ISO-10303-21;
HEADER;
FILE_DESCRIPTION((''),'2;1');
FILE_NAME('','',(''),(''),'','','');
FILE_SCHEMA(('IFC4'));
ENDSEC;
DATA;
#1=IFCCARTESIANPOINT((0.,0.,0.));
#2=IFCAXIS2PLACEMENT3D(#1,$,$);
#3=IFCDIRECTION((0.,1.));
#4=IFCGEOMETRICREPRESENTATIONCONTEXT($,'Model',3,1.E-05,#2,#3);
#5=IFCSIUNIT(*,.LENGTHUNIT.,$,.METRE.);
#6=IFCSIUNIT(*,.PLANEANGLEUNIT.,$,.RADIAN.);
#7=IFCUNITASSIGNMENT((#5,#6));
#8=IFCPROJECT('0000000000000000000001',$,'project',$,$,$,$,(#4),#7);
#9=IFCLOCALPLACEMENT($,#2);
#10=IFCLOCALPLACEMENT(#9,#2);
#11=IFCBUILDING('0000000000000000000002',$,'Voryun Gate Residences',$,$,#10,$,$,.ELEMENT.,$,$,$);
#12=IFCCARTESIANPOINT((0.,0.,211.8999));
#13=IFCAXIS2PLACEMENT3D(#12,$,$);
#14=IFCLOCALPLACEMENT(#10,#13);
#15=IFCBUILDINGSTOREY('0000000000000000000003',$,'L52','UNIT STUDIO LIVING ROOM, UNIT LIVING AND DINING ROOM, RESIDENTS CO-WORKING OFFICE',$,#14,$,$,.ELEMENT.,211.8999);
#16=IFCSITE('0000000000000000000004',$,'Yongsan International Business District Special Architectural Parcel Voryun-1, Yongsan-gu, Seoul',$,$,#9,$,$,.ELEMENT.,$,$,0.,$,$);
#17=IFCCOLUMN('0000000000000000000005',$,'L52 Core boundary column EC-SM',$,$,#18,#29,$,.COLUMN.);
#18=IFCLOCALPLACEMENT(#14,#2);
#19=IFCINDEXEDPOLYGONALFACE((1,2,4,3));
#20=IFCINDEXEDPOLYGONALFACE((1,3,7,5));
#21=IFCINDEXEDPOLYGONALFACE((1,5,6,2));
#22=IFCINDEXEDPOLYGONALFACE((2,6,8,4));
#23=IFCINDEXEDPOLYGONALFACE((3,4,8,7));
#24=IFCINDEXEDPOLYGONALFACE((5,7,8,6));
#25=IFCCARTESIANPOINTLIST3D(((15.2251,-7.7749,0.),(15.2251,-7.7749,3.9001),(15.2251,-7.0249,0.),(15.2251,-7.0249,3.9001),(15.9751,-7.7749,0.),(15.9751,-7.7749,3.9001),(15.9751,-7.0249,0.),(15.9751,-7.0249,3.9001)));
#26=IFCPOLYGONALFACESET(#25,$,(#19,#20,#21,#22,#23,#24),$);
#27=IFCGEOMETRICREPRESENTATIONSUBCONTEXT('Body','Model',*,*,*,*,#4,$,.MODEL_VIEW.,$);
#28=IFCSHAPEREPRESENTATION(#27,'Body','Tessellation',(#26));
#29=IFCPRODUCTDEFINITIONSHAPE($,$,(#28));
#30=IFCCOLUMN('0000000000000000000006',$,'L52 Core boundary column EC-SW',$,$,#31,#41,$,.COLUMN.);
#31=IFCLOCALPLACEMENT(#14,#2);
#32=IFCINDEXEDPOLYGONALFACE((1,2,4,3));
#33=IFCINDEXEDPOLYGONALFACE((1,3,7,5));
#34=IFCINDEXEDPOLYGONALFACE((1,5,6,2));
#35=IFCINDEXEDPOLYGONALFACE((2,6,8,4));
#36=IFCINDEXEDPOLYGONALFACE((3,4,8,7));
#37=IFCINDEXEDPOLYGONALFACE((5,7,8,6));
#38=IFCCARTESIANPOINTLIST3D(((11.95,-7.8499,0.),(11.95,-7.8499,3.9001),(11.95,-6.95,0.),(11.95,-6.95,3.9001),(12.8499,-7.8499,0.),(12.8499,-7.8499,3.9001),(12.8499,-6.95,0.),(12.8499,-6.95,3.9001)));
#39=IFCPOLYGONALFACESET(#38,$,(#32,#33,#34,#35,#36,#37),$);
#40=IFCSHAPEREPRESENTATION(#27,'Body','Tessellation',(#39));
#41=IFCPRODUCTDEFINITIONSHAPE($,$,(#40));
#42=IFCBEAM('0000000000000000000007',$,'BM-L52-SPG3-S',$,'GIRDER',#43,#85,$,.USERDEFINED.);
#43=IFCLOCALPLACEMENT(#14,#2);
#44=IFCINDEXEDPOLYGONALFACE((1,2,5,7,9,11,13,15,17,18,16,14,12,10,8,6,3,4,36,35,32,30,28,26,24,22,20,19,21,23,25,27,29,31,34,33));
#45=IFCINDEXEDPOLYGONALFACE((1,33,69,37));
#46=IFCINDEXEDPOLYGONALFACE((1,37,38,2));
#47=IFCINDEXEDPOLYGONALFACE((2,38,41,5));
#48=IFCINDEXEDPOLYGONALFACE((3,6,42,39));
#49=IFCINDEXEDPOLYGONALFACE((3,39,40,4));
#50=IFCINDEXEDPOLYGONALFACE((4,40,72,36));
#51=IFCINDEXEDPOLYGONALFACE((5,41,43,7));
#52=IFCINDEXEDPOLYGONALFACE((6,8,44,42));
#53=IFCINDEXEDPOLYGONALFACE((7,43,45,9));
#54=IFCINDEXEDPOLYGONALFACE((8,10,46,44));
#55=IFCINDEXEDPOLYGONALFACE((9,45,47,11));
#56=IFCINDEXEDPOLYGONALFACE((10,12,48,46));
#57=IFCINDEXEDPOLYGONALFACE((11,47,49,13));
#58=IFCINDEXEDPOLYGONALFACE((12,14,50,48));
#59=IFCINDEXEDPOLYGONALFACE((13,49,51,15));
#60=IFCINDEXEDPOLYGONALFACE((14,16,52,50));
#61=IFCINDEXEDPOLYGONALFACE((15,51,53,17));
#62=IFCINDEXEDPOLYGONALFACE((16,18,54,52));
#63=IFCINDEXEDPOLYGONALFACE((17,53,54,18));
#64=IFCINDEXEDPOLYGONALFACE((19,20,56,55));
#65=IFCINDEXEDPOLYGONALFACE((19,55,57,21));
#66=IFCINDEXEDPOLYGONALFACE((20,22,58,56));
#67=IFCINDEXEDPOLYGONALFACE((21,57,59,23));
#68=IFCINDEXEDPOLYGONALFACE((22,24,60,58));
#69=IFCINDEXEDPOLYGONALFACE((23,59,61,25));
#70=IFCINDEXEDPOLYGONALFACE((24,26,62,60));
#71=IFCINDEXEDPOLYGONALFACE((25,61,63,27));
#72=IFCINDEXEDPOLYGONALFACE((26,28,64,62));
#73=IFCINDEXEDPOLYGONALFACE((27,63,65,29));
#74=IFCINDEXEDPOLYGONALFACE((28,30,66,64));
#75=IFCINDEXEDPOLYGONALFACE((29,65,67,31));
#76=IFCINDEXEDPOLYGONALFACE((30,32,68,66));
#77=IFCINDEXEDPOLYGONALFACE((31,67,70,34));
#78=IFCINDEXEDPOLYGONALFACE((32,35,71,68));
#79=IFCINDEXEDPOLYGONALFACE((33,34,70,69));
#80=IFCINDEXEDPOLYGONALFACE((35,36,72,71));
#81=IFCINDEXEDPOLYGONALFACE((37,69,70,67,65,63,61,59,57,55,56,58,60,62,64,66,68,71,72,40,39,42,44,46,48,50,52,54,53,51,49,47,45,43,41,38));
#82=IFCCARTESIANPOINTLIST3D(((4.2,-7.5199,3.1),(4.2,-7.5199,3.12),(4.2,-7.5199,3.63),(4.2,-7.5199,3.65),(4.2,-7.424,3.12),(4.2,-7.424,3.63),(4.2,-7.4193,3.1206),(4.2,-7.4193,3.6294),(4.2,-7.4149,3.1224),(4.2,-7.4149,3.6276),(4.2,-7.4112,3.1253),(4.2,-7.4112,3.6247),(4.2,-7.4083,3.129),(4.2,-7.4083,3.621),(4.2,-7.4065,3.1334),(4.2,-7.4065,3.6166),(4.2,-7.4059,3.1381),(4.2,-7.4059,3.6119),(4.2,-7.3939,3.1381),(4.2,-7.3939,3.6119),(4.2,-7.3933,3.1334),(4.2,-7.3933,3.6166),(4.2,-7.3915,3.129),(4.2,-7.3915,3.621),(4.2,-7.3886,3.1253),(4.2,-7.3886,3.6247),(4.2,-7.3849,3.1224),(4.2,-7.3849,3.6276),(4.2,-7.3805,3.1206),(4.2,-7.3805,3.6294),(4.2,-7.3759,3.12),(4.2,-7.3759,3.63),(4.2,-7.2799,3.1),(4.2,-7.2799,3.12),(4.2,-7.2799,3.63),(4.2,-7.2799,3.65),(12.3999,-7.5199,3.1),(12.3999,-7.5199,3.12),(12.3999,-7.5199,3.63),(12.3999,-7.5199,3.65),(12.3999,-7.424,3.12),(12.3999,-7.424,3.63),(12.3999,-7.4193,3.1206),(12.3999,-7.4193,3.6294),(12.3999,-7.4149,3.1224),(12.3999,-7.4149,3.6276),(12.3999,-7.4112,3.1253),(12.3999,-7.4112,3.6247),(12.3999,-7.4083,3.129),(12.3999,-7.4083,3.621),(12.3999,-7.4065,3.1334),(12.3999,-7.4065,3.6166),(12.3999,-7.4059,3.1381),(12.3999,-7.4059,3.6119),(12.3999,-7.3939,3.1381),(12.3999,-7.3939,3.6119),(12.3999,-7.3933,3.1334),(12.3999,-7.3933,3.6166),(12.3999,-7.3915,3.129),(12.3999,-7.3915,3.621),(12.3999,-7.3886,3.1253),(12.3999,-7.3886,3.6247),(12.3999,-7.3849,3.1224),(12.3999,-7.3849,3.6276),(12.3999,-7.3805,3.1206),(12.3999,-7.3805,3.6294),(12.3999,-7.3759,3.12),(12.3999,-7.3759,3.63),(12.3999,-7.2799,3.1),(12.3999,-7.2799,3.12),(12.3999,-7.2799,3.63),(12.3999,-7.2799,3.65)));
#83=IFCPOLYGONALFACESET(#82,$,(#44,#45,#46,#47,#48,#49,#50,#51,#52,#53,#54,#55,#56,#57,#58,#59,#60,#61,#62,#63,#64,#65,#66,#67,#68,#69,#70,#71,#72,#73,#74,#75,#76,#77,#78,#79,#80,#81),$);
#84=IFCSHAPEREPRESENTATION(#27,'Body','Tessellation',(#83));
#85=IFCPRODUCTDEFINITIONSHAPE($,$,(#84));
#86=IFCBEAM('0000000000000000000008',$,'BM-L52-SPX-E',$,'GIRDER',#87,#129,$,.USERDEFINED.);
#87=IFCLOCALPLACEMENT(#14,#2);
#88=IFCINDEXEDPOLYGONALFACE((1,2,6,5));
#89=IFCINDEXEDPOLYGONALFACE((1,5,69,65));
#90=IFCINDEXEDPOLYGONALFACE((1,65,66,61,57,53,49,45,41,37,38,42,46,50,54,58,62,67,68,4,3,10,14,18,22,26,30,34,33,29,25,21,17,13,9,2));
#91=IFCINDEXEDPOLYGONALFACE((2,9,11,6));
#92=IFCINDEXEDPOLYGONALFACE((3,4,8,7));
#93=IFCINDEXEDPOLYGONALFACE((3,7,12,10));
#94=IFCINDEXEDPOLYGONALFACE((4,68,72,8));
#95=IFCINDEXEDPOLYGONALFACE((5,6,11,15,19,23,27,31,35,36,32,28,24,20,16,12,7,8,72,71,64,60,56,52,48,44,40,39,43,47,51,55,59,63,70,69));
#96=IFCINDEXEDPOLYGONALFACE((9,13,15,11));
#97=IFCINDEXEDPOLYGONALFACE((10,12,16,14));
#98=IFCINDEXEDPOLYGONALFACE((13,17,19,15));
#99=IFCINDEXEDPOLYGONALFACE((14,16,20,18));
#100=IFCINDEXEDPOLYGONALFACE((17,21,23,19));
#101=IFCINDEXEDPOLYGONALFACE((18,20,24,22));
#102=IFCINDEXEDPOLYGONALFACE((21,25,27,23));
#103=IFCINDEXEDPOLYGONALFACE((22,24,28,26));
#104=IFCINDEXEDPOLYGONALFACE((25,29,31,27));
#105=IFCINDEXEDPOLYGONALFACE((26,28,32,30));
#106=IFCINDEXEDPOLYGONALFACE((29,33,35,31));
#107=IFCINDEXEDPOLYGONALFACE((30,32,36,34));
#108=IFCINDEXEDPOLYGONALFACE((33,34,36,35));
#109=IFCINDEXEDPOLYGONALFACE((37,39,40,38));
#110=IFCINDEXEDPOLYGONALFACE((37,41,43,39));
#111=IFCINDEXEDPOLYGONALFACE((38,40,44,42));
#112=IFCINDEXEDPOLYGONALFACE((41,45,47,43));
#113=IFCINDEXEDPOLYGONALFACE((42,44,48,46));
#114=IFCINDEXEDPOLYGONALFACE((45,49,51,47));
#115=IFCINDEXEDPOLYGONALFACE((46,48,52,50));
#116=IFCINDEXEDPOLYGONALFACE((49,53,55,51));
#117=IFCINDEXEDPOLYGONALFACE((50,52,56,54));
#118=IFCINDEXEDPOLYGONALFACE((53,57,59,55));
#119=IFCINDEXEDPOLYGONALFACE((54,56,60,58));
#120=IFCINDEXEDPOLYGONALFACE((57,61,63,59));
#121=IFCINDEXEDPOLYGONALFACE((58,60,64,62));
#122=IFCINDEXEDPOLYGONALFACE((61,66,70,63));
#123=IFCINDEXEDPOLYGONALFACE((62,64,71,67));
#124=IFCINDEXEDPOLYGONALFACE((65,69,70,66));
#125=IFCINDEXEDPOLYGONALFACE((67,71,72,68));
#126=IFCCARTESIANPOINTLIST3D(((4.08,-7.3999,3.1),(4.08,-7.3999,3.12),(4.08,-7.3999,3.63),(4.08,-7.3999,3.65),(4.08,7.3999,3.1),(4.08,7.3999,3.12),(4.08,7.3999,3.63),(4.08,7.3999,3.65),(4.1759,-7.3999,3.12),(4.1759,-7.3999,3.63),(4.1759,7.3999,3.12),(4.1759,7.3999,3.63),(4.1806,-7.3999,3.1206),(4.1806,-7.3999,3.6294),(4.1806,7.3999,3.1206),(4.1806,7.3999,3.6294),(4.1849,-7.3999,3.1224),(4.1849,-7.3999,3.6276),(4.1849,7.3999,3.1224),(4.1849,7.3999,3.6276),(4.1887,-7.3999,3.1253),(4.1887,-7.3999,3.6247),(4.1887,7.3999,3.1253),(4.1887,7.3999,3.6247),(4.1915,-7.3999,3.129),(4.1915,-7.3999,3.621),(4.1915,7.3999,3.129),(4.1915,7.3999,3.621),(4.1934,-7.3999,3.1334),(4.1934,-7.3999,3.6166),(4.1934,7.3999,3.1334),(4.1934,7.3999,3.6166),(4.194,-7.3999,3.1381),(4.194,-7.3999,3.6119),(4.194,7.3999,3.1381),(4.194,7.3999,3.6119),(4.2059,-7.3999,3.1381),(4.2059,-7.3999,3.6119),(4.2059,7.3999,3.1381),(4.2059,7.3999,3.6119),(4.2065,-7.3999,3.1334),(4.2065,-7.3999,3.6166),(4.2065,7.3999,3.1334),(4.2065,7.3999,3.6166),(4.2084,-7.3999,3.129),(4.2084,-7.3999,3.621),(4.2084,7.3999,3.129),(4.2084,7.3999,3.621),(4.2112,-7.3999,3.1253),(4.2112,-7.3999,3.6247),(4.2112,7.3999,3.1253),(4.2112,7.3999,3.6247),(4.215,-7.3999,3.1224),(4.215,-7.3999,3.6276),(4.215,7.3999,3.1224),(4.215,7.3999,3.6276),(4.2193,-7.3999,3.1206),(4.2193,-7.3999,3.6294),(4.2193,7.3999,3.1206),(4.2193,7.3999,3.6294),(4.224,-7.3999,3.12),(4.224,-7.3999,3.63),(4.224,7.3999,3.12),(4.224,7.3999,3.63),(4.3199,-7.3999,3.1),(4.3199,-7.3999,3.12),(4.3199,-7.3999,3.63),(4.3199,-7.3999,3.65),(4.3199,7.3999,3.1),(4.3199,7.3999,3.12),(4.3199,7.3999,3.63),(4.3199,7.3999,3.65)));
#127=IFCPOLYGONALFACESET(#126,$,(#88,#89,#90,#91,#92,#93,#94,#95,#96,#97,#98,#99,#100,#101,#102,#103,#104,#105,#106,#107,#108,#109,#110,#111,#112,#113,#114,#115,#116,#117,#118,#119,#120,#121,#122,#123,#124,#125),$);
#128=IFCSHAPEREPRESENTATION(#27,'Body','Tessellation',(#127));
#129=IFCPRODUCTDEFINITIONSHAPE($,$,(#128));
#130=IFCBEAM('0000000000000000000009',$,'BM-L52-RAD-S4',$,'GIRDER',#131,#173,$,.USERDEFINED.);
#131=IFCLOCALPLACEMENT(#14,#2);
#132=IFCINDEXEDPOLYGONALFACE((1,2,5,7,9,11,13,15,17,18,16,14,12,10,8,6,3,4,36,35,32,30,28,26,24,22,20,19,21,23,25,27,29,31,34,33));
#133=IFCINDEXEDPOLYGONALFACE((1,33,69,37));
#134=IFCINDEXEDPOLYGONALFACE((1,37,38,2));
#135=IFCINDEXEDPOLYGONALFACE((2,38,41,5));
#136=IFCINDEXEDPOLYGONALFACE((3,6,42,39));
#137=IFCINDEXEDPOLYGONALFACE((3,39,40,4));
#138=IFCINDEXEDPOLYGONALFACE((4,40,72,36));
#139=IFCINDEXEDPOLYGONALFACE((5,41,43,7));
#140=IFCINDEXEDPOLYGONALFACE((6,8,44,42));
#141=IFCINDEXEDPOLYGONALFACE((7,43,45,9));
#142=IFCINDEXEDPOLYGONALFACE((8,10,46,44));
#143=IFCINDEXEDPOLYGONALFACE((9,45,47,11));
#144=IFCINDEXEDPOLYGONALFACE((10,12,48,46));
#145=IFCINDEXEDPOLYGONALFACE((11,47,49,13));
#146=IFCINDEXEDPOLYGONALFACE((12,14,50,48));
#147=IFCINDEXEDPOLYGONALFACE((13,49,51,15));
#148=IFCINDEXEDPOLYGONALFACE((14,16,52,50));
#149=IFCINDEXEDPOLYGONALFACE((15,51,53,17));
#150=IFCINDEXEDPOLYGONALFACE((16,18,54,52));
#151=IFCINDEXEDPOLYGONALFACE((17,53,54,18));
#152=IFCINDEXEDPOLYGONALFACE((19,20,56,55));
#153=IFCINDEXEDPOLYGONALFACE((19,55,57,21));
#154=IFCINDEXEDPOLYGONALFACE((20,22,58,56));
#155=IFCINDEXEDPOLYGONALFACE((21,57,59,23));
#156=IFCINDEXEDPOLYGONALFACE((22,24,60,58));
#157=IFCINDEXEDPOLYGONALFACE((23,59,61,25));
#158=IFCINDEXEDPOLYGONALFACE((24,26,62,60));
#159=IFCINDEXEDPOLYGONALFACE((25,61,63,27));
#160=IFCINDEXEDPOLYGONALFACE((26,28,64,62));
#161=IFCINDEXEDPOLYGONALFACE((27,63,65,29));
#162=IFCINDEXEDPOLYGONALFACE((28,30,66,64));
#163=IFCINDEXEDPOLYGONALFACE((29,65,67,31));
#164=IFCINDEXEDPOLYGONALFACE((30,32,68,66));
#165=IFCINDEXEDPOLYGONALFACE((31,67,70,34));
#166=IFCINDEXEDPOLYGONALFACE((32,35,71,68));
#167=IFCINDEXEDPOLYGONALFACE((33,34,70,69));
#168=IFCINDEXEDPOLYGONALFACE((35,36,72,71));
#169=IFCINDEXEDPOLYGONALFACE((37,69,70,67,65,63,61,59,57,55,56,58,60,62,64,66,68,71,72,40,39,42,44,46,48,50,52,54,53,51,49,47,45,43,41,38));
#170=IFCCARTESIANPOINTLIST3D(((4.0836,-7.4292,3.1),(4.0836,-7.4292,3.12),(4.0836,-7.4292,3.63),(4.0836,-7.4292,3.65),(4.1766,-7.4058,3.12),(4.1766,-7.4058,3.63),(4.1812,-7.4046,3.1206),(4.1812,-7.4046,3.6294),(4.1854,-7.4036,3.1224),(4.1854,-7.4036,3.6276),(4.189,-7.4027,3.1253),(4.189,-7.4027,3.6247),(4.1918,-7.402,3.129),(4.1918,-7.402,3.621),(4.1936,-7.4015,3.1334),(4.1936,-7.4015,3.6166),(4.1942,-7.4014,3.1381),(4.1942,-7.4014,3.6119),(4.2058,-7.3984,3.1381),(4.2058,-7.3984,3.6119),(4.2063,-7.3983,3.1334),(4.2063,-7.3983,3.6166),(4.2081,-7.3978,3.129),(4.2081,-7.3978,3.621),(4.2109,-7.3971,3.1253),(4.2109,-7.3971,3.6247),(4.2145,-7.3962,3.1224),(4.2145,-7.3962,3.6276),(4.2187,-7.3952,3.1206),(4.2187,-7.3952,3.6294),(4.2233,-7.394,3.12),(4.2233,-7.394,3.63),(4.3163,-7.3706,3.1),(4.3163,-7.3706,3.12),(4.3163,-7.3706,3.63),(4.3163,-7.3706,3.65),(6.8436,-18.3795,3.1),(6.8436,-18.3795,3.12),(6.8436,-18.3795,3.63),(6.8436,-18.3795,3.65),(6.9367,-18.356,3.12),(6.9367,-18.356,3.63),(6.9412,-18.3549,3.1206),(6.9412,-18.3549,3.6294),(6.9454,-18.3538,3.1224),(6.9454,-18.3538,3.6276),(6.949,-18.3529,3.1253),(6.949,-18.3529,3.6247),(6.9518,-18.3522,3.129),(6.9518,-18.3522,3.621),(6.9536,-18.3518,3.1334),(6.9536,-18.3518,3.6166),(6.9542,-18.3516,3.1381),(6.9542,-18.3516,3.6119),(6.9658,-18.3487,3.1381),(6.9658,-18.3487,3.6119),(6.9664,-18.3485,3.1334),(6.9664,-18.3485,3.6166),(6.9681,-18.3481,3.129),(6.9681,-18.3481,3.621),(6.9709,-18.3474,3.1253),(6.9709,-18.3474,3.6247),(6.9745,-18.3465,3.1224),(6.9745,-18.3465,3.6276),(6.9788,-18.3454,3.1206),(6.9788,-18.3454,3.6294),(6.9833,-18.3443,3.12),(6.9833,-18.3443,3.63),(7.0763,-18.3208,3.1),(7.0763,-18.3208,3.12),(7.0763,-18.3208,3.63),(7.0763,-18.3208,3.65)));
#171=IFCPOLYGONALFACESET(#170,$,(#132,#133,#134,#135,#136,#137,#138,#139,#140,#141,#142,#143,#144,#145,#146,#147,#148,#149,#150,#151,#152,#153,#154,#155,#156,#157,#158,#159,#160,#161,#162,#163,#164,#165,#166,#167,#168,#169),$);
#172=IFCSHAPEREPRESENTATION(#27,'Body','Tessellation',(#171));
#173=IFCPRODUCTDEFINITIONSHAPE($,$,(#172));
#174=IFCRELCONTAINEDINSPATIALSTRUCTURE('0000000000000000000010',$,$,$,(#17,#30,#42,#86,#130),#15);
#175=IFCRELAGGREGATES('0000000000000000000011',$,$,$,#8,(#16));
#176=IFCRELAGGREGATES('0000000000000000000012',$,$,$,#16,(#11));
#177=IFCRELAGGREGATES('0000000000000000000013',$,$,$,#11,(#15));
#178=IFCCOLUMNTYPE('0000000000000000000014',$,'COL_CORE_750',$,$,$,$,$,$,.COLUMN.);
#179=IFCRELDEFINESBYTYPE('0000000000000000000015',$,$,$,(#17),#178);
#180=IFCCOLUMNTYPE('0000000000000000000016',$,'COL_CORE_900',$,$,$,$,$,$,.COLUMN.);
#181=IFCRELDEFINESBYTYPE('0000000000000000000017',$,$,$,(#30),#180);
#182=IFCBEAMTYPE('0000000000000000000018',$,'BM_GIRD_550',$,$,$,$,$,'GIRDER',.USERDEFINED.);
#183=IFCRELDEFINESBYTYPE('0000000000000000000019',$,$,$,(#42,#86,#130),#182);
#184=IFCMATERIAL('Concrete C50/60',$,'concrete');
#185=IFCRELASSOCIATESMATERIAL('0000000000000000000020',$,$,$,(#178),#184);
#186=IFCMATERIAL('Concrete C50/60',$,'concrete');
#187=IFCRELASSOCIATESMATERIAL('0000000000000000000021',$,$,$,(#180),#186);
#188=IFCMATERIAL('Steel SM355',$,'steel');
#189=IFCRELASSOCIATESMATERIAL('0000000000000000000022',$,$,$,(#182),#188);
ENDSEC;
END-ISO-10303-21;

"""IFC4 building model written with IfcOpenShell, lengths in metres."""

from ifc_helpers import new_model, si_unit, direction, frame, origin, origin_2d, place, context, subcontext, project, spatial, rectangle, i_section, extrude, material, material_profile, profile_set, type_object, element, save


model = new_model("IFC4")

# Units and contexts
model_context = context("Model", 3, precision=1e-05, world=origin(), true_north=direction((0.0, 1.0)))
body_context = subcontext(model_context, "Body", "Model", "MODEL_VIEW")
ifc_project = project(units=[si_unit("LENGTHUNIT", "METRE"), si_unit("PLANEANGLEUNIT", "RADIAN")], contexts=[model_context])

# Site, building, storey
site_placement = place(None, origin())
site = spatial("IfcSite", under=ifc_project, at=site_placement, Name="Yongsan International Business District Special Architectural Parcel Voryun-1, Yongsan-gu, Seoul", CompositionType="ELEMENT", RefElevation=0.0)
building_placement = place(site_placement, origin())
building = spatial("IfcBuilding", under=site, at=building_placement, Name="Voryun Gate Residences", CompositionType="ELEMENT")
storey_placement = place(building_placement, frame((0.0, 0.0, 211.8999)))
storey = spatial("IfcBuildingStorey", under=building, at=storey_placement, Name="L52", Description="UNIT STUDIO LIVING ROOM, UNIT LIVING AND DINING ROOM, RESIDENTS CO-WORKING OFFICE", CompositionType="ELEMENT", Elevation=211.8999)

# Columns
ifc_material_1 = material(Name="Concrete C50/60", Category="concrete")
ifc_material_profile_1 = material_profile(ifc_material_1, rectangle(XDim=0.75, YDim=0.75, at=origin_2d()), Name="RC-750x750")
ifc_profile_set_1 = profile_set([ifc_material_profile_1], Name="Concrete C50/60")
column_type_1 = type_object("IfcColumnType", Name="COL_CORE_750", PredefinedType="COLUMN", material=ifc_profile_set_1)
column_1_placement = place(storey_placement, frame((15.6001, -7.3999, 0.0), z_axis=(0.0, 0.0, 1.0), x_axis=(1.0, 0.0, 0.0)))
element("IfcColumn", 1, at=column_1_placement, inside=storey, type_object=column_type_1, Name="L52 Core boundary column EC-SM", PredefinedType="COLUMN", context=body_context, shape_type="SweptSolid", body=[
    extrude(rectangle(XDim=0.75, YDim=0.75, at=origin_2d()), origin(), (0.0, 0.0, 1.0), 3.9001),
])
ifc_material_2 = material(Name="Concrete C50/60", Category="concrete")
ifc_material_profile_2 = material_profile(ifc_material_2, rectangle(XDim=0.8999, YDim=0.8999, at=origin_2d()), Name="RC-900x900")
ifc_profile_set_2 = profile_set([ifc_material_profile_2], Name="Concrete C50/60")
column_type_2 = type_object("IfcColumnType", Name="COL_CORE_900", PredefinedType="COLUMN", material=ifc_profile_set_2)
column_2_placement = place(storey_placement, frame((12.3999, -7.3999, 0.0), z_axis=(0.0, 0.0, 1.0), x_axis=(1.0, 0.0, 0.0)))
element("IfcColumn", 2, at=column_2_placement, inside=storey, type_object=column_type_2, Name="L52 Core boundary column EC-SW", PredefinedType="COLUMN", context=body_context, shape_type="SweptSolid", body=[
    extrude(rectangle(XDim=0.8999, YDim=0.8999, at=origin_2d()), origin(), (0.0, 0.0, 1.0), 3.9001),
])

# Beams
ifc_material_3 = material(Name="Steel SM355", Category="steel")
ifc_material_profile_3 = material_profile(ifc_material_3, i_section(OverallWidth=0.24, OverallDepth=0.55, WebThickness=0.012, FlangeThickness=0.02, FilletRadius=0.0181, at=origin_2d()), Name="H-550x240x12x20")
ifc_profile_set_3 = profile_set([ifc_material_profile_3], Name="Steel SM355")
beam_type_1 = type_object("IfcBeamType", Name="BM_GIRD_550", ElementType="GIRDER", PredefinedType="USERDEFINED", material=ifc_profile_set_3)
beam_1_placement = place(storey_placement, frame((4.2, -7.3999, 3.375), z_axis=(1.0, 0.0, 0.0), x_axis=(0.0, 1.0, 0.0)))
element("IfcBeam", 3, at=beam_1_placement, inside=storey, type_object=beam_type_1, Name="BM-L52-SPG3-S", ObjectType="GIRDER", PredefinedType="USERDEFINED", context=body_context, shape_type="SweptSolid", body=[
    extrude(i_section(OverallWidth=0.24, OverallDepth=0.55, WebThickness=0.012, FlangeThickness=0.02, FilletRadius=0.0181, at=origin_2d()), origin(), (0.0, 0.0, 1.0), 8.2),
])
beam_2_placement = place(storey_placement, frame((4.2, -7.3999, 3.375), z_axis=(0.0, 1.0, 0.0), x_axis=(-1.0, 0.0, 0.0)))
element("IfcBeam", 4, at=beam_2_placement, inside=storey, type_object=beam_type_1, Name="BM-L52-SPX-E", ObjectType="GIRDER", PredefinedType="USERDEFINED", context=body_context, shape_type="SweptSolid", body=[
    extrude(i_section(OverallWidth=0.24, OverallDepth=0.55, WebThickness=0.012, FlangeThickness=0.02, FilletRadius=0.0181, at=origin_2d()), origin(), (0.0, 0.0, 1.0), 14.7998),
])
beam_3_placement = place(storey_placement, frame((4.2, -7.3999, 3.375), z_axis=(0.244407, -0.969673, 0.0), x_axis=(0.969673, 0.244407, 0.0)))
element("IfcBeam", 5, at=beam_3_placement, inside=storey, type_object=beam_type_1, Name="BM-L52-RAD-S4", ObjectType="GIRDER", PredefinedType="USERDEFINED", context=body_context, shape_type="SweptSolid", body=[
    extrude(i_section(OverallWidth=0.24, OverallDepth=0.55, WebThickness=0.012, FlangeThickness=0.02, FilletRadius=0.0181, at=origin_2d()), origin(), (0.0, 0.0, 1.0), 11.2927),
])

save(model, "model.ifc")
